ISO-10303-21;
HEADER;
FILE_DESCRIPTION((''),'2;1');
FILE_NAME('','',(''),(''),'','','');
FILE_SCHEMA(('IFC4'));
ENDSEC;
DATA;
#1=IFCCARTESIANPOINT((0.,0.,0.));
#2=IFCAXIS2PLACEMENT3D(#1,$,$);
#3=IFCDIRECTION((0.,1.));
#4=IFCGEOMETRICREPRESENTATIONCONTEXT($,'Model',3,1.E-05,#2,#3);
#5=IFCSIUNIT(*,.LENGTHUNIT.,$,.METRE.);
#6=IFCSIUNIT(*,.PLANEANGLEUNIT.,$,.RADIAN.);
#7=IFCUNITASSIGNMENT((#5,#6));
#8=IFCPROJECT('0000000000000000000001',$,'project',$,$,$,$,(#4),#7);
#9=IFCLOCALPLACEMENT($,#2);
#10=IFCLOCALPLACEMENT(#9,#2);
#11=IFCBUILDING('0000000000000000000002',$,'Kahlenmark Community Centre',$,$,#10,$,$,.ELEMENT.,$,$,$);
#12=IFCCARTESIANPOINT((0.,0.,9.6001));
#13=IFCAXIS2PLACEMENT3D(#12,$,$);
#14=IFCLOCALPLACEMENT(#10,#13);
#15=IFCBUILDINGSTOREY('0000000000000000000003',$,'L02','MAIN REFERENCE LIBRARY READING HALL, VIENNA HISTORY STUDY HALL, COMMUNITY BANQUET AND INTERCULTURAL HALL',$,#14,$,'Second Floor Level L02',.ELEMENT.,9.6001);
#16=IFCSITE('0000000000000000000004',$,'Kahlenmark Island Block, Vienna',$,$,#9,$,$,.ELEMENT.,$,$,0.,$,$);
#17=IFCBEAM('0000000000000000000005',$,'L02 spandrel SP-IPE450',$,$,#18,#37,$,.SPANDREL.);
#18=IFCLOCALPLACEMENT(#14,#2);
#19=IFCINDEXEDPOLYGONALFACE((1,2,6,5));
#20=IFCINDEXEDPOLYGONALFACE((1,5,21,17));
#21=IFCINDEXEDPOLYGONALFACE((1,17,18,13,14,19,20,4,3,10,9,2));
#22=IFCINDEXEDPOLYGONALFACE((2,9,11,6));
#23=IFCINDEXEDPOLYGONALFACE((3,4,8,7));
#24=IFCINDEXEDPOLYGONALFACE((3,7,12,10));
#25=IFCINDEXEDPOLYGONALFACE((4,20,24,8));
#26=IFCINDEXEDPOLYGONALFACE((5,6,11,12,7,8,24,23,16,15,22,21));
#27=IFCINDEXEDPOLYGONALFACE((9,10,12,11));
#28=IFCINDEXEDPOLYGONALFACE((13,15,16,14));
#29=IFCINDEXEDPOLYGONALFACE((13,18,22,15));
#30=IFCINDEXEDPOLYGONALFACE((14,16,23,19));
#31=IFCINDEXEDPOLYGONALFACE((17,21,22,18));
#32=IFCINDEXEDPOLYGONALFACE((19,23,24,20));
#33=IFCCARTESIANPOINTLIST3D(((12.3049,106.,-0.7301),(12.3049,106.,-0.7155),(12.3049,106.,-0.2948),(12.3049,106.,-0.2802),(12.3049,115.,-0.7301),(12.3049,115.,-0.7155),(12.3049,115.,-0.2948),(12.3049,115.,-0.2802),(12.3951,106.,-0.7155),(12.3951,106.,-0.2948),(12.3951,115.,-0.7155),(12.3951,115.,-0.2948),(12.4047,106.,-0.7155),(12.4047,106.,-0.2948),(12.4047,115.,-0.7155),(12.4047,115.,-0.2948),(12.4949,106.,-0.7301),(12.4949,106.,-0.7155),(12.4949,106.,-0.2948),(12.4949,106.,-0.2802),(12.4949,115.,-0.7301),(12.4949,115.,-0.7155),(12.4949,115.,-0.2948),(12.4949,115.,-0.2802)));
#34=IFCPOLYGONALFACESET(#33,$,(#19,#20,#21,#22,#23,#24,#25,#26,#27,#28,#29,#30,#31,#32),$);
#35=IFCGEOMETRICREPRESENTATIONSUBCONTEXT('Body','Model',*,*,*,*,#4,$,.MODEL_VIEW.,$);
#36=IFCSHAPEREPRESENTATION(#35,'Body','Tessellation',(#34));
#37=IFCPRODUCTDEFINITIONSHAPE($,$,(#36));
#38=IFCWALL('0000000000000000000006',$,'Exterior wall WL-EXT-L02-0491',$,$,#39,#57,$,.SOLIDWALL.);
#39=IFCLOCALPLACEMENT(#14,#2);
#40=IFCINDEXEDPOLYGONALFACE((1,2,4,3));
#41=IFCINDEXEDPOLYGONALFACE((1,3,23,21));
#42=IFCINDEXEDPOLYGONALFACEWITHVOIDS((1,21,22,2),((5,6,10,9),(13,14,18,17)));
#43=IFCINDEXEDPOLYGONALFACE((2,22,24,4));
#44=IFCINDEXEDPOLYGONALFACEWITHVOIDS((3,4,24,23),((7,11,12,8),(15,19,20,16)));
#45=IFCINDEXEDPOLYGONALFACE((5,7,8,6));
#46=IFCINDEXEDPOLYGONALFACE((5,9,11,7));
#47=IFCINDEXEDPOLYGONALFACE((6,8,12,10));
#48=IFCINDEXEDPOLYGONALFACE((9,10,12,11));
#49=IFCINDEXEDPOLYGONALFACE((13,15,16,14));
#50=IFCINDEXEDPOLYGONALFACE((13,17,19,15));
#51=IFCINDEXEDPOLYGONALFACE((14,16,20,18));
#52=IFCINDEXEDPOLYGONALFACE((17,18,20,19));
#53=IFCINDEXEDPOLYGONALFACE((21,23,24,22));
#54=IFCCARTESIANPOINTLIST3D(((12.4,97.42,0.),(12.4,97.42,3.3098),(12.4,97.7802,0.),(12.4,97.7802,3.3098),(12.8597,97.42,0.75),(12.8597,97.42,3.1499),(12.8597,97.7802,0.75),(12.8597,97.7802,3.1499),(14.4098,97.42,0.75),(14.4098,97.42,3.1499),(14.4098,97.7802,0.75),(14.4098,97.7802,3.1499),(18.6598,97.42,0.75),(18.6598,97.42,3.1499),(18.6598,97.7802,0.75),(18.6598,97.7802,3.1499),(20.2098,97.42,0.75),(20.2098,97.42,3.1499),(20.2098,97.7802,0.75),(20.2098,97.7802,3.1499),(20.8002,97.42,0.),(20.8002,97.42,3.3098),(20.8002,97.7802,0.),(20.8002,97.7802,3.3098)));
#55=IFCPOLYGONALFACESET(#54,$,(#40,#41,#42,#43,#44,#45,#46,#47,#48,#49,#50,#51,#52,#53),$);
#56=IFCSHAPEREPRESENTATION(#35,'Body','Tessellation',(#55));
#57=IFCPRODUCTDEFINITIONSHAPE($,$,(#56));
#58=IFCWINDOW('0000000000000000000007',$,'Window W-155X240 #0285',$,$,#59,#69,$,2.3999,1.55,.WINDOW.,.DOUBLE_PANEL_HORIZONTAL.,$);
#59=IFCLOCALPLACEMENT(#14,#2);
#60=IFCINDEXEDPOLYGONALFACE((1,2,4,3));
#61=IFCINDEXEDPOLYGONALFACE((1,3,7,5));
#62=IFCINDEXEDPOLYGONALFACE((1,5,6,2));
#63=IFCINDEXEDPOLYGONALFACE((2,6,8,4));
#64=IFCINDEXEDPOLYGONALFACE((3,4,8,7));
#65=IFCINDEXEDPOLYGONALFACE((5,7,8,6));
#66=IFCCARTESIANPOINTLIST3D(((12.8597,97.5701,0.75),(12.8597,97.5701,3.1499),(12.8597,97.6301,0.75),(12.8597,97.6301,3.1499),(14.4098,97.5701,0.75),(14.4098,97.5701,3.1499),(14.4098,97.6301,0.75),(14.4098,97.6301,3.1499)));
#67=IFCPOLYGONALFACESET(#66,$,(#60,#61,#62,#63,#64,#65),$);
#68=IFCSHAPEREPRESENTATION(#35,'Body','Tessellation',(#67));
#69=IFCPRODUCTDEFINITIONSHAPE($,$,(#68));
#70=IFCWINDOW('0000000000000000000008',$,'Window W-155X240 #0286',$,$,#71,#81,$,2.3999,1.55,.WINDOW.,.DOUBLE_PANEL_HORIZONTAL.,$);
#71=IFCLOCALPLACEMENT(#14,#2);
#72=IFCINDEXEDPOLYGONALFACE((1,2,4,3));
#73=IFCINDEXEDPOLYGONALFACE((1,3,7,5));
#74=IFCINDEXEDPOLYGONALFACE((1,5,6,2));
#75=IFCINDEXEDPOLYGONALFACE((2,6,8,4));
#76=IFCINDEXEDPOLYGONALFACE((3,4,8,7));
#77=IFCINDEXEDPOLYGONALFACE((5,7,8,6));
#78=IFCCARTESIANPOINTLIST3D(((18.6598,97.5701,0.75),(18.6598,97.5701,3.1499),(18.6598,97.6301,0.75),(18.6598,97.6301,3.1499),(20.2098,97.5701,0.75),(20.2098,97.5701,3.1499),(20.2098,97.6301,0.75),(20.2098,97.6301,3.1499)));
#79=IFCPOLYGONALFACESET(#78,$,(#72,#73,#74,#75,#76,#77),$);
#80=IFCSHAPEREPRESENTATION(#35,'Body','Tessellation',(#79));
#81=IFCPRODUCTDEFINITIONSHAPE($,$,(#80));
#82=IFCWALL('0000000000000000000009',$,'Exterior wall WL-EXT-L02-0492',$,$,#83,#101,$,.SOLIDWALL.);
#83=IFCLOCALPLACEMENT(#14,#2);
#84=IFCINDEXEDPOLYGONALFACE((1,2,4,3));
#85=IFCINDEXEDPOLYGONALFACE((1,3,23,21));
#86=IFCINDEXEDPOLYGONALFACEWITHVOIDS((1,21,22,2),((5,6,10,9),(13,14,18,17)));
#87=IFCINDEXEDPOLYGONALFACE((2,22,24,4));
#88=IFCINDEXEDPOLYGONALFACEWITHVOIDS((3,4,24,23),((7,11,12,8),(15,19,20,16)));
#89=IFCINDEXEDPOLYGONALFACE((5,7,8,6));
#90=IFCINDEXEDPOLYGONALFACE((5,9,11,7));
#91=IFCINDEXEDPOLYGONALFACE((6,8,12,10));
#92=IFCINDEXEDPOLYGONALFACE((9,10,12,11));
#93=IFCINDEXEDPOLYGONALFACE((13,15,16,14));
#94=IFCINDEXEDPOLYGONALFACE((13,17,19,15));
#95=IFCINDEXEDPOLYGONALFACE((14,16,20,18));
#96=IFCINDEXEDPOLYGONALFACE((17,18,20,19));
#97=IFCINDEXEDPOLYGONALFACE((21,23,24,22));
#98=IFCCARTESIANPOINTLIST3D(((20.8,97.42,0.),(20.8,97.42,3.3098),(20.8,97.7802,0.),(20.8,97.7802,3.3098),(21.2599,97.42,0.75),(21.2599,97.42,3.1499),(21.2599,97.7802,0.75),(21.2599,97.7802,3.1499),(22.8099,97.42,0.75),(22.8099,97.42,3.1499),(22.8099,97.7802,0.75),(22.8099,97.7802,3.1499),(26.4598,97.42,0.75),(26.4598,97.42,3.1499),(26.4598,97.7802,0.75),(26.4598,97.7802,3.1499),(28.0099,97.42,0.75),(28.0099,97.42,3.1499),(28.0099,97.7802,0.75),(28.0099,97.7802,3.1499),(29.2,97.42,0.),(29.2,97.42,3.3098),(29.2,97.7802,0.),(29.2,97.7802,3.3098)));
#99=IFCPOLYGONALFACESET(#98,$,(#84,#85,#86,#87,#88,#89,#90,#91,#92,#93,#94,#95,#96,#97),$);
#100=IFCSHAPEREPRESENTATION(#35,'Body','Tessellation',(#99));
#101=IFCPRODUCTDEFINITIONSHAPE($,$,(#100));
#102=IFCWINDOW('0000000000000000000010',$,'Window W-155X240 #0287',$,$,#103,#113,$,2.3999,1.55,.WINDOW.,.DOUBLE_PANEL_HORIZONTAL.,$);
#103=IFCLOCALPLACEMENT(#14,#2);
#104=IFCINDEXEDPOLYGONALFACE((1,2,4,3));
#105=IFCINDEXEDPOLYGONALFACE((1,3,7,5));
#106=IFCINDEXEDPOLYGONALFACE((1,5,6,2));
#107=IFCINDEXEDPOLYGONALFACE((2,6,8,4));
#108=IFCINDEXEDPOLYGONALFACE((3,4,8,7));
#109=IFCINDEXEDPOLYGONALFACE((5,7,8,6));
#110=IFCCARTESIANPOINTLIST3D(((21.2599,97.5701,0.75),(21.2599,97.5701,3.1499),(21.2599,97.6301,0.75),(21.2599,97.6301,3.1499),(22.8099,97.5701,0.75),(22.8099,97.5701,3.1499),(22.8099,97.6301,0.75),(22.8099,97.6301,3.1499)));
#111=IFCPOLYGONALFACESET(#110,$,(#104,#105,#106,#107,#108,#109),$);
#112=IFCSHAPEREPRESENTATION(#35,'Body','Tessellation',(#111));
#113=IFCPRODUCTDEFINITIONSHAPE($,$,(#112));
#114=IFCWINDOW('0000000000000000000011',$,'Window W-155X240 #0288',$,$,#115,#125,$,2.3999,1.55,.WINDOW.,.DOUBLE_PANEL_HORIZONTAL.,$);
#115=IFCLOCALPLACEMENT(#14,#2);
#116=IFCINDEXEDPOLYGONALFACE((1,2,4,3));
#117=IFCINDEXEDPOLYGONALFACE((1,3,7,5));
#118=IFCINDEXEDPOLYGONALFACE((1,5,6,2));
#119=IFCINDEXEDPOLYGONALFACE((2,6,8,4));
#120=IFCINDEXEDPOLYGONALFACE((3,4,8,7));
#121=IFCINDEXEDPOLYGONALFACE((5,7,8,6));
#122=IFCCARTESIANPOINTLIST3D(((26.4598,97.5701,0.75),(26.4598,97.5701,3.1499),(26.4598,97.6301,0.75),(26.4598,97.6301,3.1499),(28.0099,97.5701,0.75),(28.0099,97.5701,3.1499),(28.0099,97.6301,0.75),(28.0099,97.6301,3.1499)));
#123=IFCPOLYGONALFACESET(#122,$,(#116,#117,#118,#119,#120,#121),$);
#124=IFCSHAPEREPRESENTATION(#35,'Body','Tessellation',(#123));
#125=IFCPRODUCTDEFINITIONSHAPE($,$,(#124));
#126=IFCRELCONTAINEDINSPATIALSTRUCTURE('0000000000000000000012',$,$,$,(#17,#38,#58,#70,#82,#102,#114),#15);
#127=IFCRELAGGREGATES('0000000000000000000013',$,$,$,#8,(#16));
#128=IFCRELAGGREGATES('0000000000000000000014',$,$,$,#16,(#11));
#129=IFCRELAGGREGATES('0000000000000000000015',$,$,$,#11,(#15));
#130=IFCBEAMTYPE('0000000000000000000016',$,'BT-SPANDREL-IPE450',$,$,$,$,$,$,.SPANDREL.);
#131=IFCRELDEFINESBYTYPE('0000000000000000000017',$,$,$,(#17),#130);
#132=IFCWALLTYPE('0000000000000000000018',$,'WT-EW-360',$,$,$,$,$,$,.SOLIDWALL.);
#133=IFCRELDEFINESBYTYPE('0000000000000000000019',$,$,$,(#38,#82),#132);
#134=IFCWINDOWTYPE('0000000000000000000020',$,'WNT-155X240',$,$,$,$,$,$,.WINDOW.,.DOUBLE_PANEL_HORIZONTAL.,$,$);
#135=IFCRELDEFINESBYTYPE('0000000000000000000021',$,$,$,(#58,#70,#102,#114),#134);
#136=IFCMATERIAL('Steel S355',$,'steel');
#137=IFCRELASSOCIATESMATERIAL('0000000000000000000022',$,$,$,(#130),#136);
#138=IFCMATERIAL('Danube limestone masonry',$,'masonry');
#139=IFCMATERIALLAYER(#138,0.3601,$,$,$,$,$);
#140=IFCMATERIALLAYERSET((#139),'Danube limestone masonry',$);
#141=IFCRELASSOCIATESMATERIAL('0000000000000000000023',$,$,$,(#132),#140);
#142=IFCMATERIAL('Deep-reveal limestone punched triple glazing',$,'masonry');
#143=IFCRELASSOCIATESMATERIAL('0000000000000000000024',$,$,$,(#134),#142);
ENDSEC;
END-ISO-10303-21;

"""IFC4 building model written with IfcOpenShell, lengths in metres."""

from ifc_helpers import new_model, si_unit, direction, frame, frame_2d, origin, origin_2d, place, context, subcontext, project, spatial, rectangle, i_section, extrude, material, layer, layer_set, material_profile, profile_set, type_object, element, fill, save


model = new_model("IFC4")

# Units and contexts
model_context = context("Model", 3, precision=1e-05, world=origin(), true_north=direction((0.0, 1.0)))
body_context = subcontext(model_context, "Body", "Model", "MODEL_VIEW")
ifc_project = project(units=[si_unit("LENGTHUNIT", "METRE"), si_unit("PLANEANGLEUNIT", "RADIAN")], contexts=[model_context])

# Site, building, storey
site_placement = place(None, origin())
site = spatial("IfcSite", under=ifc_project, at=site_placement, Name="Kahlenmark Island Block, Vienna", CompositionType="ELEMENT", RefElevation=0.0)
building_placement = place(site_placement, origin())
building = spatial("IfcBuilding", under=site, at=building_placement, Name="Kahlenmark Community Centre", CompositionType="ELEMENT")
storey_placement = place(building_placement, frame((0.0, 0.0, 9.6001)))
storey = spatial("IfcBuildingStorey", under=building, at=storey_placement, Name="L02", Description="MAIN REFERENCE LIBRARY READING HALL, VIENNA HISTORY STUDY HALL, COMMUNITY BANQUET AND INTERCULTURAL HALL", LongName="Second Floor Level L02", CompositionType="ELEMENT", Elevation=9.6001)

# Beam
ifc_material_1 = material(Name="Steel S355", Category="steel")
ifc_material_profile_1 = material_profile(ifc_material_1, i_section(OverallWidth=0.1899, OverallDepth=0.45, WebThickness=0.0095, FlangeThickness=0.0146, at=origin_2d()), Name="IPE 450")
ifc_profile_set_1 = profile_set([ifc_material_profile_1], Name="Steel S355")
beam_type_1 = type_object("IfcBeamType", Name="BT-SPANDREL-IPE450", PredefinedType="SPANDREL", material=ifc_profile_set_1)
beam_1_placement = place(storey_placement, frame((12.3999, 106.0, -0.5051), z_axis=(0.0, 1.0, 0.0), x_axis=(-1.0, 0.0, 0.0)))
element("IfcBeam", 1, at=beam_1_placement, inside=storey, type_object=beam_type_1, Name="L02 spandrel SP-IPE450", PredefinedType="SPANDREL", context=body_context, shape_type="SweptSolid", body=[
    extrude(i_section(OverallWidth=0.1899, OverallDepth=0.45, WebThickness=0.0095, FlangeThickness=0.0146, at=origin_2d()), origin(), (0.0, 0.0, 1.0), 9.0),
])

# Walls, openings, windows
ifc_material_2 = material(Name="Danube limestone masonry", Category="masonry")
ifc_layer_1 = layer(ifc_material_2, 0.3601)
ifc_layer_set_1 = layer_set([ifc_layer_1], Name="Danube limestone masonry")
wall_type_1 = type_object("IfcWallType", Name="WT-EW-360", PredefinedType="SOLIDWALL", material=ifc_layer_set_1)
wall_1_placement = place(storey_placement, frame((12.3999, 97.6001, 0.0), z_axis=(0.0, 0.0, 1.0), x_axis=(1.0, 0.0, 0.0)))
wall_1 = element("IfcWall", 2, at=wall_1_placement, inside=storey, type_object=wall_type_1, Name="Exterior wall WL-EXT-L02-0491", PredefinedType="SOLIDWALL", context=body_context, shape_type="SweptSolid", body=[
    extrude(rectangle(XDim=8.4001, YDim=0.3601, at=frame_2d((4.2002, 0.0))), origin(), (0.0, 0.0, 1.0), 3.3098),
])
opening_1_placement = place(wall_1_placement, frame((0.46, 0.0, 0.75)))
opening_1 = element("IfcOpeningElement", 3, at=opening_1_placement, cuts=wall_1, PredefinedType="OPENING", context=body_context, shape_type="SweptSolid", body=[
    extrude(rectangle(XDim=1.55, YDim=2.3999, at=frame_2d((0.7749, 1.2))), frame((0.0, 0.1899, 0.0), z_axis=(0.0, -1.0, 0.0), x_axis=(1.0, 0.0, 0.0)), (0.0, 0.0, 1.0), 0.3801),
])
opening_2_placement = place(wall_1_placement, frame((6.26, 0.0, 0.75)))
opening_2 = element("IfcOpeningElement", 4, at=opening_2_placement, cuts=wall_1, PredefinedType="OPENING", context=body_context, shape_type="SweptSolid", body=[
    extrude(rectangle(XDim=1.55, YDim=2.3999, at=frame_2d((0.7749, 1.2))), frame((0.0, 0.1899, 0.0), z_axis=(0.0, -1.0, 0.0), x_axis=(1.0, 0.0, 0.0)), (0.0, 0.0, 1.0), 0.3801),
])
ifc_material_3 = material(Name="Deep-reveal limestone punched triple glazing", Category="masonry")
window_type = type_object("IfcWindowType", Name="WNT-155X240", PartitioningType="DOUBLE_PANEL_HORIZONTAL", PredefinedType="WINDOW", material=ifc_material_3)
window_1_placement = place(opening_1_placement, origin())
window_1 = element("IfcWindow", 5, at=window_1_placement, inside=storey, type_object=window_type, Name="Window W-155X240 #0285", OverallHeight=2.3999, OverallWidth=1.55, PartitioningType="DOUBLE_PANEL_HORIZONTAL", PredefinedType="WINDOW", context=body_context, shape_type="SweptSolid", body=[
    extrude(rectangle(XDim=1.55, YDim=2.3999, at=frame_2d((0.7749, 1.2))), frame((0.0, 0.03, 0.0), z_axis=(0.0, -1.0, 0.0), x_axis=(1.0, 0.0, 0.0)), (0.0, 0.0, 1.0), 0.0601),
])
fill(opening_1, window_1)
window_2_placement = place(opening_2_placement, origin())
window_2 = element("IfcWindow", 6, at=window_2_placement, inside=storey, type_object=window_type, Name="Window W-155X240 #0286", OverallHeight=2.3999, OverallWidth=1.55, PartitioningType="DOUBLE_PANEL_HORIZONTAL", PredefinedType="WINDOW", context=body_context, shape_type="SweptSolid", body=[
    extrude(rectangle(XDim=1.55, YDim=2.3999, at=frame_2d((0.7749, 1.2))), frame((0.0, 0.03, 0.0), z_axis=(0.0, -1.0, 0.0), x_axis=(1.0, 0.0, 0.0)), (0.0, 0.0, 1.0), 0.0601),
])
fill(opening_2, window_2)
wall_2_placement = place(storey_placement, frame((20.8, 97.6001, 0.0), z_axis=(0.0, 0.0, 1.0), x_axis=(1.0, 0.0, 0.0)))
wall_2 = element("IfcWall", 7, at=wall_2_placement, inside=storey, type_object=wall_type_1, Name="Exterior wall WL-EXT-L02-0492", PredefinedType="SOLIDWALL", context=body_context, shape_type="SweptSolid", body=[
    extrude(rectangle(XDim=8.3999, YDim=0.3601, at=frame_2d((4.2, 0.0))), origin(), (0.0, 0.0, 1.0), 3.3098),
])
opening_3_placement = place(wall_2_placement, frame((0.46, 0.0, 0.75)))
opening_3 = element("IfcOpeningElement", 8, at=opening_3_placement, cuts=wall_2, PredefinedType="OPENING", context=body_context, shape_type="SweptSolid", body=[
    extrude(rectangle(XDim=1.55, YDim=2.3999, at=frame_2d((0.7749, 1.2))), frame((0.0, 0.1899, 0.0), z_axis=(0.0, -1.0, 0.0), x_axis=(1.0, 0.0, 0.0)), (0.0, 0.0, 1.0), 0.3801),
])
opening_4_placement = place(wall_2_placement, frame((5.6599, 0.0, 0.75)))
opening_4 = element("IfcOpeningElement", 9, at=opening_4_placement, cuts=wall_2, PredefinedType="OPENING", context=body_context, shape_type="SweptSolid", body=[
    extrude(rectangle(XDim=1.55, YDim=2.3999, at=frame_2d((0.7749, 1.2))), frame((0.0, 0.1899, 0.0), z_axis=(0.0, -1.0, 0.0), x_axis=(1.0, 0.0, 0.0)), (0.0, 0.0, 1.0), 0.3801),
])
window_3_placement = place(opening_3_placement, origin())
window_3 = element("IfcWindow", 10, at=window_3_placement, inside=storey, type_object=window_type, Name="Window W-155X240 #0287", OverallHeight=2.3999, OverallWidth=1.55, PartitioningType="DOUBLE_PANEL_HORIZONTAL", PredefinedType="WINDOW", context=body_context, shape_type="SweptSolid", body=[
    extrude(rectangle(XDim=1.55, YDim=2.3999, at=frame_2d((0.7749, 1.2))), frame((0.0, 0.03, 0.0), z_axis=(0.0, -1.0, 0.0), x_axis=(1.0, 0.0, 0.0)), (0.0, 0.0, 1.0), 0.0601),
])
fill(opening_3, window_3)
window_4_placement = place(opening_4_placement, origin())
window_4 = element("IfcWindow", 11, at=window_4_placement, inside=storey, type_object=window_type, Name="Window W-155X240 #0288", OverallHeight=2.3999, OverallWidth=1.55, PartitioningType="DOUBLE_PANEL_HORIZONTAL", PredefinedType="WINDOW", context=body_context, shape_type="SweptSolid", body=[
    extrude(rectangle(XDim=1.55, YDim=2.3999, at=frame_2d((0.7749, 1.2))), frame((0.0, 0.03, 0.0), z_axis=(0.0, -1.0, 0.0), x_axis=(1.0, 0.0, 0.0)), (0.0, 0.0, 1.0), 0.0601),
])
fill(opening_4, window_4)

save(model, "model.ifc")
